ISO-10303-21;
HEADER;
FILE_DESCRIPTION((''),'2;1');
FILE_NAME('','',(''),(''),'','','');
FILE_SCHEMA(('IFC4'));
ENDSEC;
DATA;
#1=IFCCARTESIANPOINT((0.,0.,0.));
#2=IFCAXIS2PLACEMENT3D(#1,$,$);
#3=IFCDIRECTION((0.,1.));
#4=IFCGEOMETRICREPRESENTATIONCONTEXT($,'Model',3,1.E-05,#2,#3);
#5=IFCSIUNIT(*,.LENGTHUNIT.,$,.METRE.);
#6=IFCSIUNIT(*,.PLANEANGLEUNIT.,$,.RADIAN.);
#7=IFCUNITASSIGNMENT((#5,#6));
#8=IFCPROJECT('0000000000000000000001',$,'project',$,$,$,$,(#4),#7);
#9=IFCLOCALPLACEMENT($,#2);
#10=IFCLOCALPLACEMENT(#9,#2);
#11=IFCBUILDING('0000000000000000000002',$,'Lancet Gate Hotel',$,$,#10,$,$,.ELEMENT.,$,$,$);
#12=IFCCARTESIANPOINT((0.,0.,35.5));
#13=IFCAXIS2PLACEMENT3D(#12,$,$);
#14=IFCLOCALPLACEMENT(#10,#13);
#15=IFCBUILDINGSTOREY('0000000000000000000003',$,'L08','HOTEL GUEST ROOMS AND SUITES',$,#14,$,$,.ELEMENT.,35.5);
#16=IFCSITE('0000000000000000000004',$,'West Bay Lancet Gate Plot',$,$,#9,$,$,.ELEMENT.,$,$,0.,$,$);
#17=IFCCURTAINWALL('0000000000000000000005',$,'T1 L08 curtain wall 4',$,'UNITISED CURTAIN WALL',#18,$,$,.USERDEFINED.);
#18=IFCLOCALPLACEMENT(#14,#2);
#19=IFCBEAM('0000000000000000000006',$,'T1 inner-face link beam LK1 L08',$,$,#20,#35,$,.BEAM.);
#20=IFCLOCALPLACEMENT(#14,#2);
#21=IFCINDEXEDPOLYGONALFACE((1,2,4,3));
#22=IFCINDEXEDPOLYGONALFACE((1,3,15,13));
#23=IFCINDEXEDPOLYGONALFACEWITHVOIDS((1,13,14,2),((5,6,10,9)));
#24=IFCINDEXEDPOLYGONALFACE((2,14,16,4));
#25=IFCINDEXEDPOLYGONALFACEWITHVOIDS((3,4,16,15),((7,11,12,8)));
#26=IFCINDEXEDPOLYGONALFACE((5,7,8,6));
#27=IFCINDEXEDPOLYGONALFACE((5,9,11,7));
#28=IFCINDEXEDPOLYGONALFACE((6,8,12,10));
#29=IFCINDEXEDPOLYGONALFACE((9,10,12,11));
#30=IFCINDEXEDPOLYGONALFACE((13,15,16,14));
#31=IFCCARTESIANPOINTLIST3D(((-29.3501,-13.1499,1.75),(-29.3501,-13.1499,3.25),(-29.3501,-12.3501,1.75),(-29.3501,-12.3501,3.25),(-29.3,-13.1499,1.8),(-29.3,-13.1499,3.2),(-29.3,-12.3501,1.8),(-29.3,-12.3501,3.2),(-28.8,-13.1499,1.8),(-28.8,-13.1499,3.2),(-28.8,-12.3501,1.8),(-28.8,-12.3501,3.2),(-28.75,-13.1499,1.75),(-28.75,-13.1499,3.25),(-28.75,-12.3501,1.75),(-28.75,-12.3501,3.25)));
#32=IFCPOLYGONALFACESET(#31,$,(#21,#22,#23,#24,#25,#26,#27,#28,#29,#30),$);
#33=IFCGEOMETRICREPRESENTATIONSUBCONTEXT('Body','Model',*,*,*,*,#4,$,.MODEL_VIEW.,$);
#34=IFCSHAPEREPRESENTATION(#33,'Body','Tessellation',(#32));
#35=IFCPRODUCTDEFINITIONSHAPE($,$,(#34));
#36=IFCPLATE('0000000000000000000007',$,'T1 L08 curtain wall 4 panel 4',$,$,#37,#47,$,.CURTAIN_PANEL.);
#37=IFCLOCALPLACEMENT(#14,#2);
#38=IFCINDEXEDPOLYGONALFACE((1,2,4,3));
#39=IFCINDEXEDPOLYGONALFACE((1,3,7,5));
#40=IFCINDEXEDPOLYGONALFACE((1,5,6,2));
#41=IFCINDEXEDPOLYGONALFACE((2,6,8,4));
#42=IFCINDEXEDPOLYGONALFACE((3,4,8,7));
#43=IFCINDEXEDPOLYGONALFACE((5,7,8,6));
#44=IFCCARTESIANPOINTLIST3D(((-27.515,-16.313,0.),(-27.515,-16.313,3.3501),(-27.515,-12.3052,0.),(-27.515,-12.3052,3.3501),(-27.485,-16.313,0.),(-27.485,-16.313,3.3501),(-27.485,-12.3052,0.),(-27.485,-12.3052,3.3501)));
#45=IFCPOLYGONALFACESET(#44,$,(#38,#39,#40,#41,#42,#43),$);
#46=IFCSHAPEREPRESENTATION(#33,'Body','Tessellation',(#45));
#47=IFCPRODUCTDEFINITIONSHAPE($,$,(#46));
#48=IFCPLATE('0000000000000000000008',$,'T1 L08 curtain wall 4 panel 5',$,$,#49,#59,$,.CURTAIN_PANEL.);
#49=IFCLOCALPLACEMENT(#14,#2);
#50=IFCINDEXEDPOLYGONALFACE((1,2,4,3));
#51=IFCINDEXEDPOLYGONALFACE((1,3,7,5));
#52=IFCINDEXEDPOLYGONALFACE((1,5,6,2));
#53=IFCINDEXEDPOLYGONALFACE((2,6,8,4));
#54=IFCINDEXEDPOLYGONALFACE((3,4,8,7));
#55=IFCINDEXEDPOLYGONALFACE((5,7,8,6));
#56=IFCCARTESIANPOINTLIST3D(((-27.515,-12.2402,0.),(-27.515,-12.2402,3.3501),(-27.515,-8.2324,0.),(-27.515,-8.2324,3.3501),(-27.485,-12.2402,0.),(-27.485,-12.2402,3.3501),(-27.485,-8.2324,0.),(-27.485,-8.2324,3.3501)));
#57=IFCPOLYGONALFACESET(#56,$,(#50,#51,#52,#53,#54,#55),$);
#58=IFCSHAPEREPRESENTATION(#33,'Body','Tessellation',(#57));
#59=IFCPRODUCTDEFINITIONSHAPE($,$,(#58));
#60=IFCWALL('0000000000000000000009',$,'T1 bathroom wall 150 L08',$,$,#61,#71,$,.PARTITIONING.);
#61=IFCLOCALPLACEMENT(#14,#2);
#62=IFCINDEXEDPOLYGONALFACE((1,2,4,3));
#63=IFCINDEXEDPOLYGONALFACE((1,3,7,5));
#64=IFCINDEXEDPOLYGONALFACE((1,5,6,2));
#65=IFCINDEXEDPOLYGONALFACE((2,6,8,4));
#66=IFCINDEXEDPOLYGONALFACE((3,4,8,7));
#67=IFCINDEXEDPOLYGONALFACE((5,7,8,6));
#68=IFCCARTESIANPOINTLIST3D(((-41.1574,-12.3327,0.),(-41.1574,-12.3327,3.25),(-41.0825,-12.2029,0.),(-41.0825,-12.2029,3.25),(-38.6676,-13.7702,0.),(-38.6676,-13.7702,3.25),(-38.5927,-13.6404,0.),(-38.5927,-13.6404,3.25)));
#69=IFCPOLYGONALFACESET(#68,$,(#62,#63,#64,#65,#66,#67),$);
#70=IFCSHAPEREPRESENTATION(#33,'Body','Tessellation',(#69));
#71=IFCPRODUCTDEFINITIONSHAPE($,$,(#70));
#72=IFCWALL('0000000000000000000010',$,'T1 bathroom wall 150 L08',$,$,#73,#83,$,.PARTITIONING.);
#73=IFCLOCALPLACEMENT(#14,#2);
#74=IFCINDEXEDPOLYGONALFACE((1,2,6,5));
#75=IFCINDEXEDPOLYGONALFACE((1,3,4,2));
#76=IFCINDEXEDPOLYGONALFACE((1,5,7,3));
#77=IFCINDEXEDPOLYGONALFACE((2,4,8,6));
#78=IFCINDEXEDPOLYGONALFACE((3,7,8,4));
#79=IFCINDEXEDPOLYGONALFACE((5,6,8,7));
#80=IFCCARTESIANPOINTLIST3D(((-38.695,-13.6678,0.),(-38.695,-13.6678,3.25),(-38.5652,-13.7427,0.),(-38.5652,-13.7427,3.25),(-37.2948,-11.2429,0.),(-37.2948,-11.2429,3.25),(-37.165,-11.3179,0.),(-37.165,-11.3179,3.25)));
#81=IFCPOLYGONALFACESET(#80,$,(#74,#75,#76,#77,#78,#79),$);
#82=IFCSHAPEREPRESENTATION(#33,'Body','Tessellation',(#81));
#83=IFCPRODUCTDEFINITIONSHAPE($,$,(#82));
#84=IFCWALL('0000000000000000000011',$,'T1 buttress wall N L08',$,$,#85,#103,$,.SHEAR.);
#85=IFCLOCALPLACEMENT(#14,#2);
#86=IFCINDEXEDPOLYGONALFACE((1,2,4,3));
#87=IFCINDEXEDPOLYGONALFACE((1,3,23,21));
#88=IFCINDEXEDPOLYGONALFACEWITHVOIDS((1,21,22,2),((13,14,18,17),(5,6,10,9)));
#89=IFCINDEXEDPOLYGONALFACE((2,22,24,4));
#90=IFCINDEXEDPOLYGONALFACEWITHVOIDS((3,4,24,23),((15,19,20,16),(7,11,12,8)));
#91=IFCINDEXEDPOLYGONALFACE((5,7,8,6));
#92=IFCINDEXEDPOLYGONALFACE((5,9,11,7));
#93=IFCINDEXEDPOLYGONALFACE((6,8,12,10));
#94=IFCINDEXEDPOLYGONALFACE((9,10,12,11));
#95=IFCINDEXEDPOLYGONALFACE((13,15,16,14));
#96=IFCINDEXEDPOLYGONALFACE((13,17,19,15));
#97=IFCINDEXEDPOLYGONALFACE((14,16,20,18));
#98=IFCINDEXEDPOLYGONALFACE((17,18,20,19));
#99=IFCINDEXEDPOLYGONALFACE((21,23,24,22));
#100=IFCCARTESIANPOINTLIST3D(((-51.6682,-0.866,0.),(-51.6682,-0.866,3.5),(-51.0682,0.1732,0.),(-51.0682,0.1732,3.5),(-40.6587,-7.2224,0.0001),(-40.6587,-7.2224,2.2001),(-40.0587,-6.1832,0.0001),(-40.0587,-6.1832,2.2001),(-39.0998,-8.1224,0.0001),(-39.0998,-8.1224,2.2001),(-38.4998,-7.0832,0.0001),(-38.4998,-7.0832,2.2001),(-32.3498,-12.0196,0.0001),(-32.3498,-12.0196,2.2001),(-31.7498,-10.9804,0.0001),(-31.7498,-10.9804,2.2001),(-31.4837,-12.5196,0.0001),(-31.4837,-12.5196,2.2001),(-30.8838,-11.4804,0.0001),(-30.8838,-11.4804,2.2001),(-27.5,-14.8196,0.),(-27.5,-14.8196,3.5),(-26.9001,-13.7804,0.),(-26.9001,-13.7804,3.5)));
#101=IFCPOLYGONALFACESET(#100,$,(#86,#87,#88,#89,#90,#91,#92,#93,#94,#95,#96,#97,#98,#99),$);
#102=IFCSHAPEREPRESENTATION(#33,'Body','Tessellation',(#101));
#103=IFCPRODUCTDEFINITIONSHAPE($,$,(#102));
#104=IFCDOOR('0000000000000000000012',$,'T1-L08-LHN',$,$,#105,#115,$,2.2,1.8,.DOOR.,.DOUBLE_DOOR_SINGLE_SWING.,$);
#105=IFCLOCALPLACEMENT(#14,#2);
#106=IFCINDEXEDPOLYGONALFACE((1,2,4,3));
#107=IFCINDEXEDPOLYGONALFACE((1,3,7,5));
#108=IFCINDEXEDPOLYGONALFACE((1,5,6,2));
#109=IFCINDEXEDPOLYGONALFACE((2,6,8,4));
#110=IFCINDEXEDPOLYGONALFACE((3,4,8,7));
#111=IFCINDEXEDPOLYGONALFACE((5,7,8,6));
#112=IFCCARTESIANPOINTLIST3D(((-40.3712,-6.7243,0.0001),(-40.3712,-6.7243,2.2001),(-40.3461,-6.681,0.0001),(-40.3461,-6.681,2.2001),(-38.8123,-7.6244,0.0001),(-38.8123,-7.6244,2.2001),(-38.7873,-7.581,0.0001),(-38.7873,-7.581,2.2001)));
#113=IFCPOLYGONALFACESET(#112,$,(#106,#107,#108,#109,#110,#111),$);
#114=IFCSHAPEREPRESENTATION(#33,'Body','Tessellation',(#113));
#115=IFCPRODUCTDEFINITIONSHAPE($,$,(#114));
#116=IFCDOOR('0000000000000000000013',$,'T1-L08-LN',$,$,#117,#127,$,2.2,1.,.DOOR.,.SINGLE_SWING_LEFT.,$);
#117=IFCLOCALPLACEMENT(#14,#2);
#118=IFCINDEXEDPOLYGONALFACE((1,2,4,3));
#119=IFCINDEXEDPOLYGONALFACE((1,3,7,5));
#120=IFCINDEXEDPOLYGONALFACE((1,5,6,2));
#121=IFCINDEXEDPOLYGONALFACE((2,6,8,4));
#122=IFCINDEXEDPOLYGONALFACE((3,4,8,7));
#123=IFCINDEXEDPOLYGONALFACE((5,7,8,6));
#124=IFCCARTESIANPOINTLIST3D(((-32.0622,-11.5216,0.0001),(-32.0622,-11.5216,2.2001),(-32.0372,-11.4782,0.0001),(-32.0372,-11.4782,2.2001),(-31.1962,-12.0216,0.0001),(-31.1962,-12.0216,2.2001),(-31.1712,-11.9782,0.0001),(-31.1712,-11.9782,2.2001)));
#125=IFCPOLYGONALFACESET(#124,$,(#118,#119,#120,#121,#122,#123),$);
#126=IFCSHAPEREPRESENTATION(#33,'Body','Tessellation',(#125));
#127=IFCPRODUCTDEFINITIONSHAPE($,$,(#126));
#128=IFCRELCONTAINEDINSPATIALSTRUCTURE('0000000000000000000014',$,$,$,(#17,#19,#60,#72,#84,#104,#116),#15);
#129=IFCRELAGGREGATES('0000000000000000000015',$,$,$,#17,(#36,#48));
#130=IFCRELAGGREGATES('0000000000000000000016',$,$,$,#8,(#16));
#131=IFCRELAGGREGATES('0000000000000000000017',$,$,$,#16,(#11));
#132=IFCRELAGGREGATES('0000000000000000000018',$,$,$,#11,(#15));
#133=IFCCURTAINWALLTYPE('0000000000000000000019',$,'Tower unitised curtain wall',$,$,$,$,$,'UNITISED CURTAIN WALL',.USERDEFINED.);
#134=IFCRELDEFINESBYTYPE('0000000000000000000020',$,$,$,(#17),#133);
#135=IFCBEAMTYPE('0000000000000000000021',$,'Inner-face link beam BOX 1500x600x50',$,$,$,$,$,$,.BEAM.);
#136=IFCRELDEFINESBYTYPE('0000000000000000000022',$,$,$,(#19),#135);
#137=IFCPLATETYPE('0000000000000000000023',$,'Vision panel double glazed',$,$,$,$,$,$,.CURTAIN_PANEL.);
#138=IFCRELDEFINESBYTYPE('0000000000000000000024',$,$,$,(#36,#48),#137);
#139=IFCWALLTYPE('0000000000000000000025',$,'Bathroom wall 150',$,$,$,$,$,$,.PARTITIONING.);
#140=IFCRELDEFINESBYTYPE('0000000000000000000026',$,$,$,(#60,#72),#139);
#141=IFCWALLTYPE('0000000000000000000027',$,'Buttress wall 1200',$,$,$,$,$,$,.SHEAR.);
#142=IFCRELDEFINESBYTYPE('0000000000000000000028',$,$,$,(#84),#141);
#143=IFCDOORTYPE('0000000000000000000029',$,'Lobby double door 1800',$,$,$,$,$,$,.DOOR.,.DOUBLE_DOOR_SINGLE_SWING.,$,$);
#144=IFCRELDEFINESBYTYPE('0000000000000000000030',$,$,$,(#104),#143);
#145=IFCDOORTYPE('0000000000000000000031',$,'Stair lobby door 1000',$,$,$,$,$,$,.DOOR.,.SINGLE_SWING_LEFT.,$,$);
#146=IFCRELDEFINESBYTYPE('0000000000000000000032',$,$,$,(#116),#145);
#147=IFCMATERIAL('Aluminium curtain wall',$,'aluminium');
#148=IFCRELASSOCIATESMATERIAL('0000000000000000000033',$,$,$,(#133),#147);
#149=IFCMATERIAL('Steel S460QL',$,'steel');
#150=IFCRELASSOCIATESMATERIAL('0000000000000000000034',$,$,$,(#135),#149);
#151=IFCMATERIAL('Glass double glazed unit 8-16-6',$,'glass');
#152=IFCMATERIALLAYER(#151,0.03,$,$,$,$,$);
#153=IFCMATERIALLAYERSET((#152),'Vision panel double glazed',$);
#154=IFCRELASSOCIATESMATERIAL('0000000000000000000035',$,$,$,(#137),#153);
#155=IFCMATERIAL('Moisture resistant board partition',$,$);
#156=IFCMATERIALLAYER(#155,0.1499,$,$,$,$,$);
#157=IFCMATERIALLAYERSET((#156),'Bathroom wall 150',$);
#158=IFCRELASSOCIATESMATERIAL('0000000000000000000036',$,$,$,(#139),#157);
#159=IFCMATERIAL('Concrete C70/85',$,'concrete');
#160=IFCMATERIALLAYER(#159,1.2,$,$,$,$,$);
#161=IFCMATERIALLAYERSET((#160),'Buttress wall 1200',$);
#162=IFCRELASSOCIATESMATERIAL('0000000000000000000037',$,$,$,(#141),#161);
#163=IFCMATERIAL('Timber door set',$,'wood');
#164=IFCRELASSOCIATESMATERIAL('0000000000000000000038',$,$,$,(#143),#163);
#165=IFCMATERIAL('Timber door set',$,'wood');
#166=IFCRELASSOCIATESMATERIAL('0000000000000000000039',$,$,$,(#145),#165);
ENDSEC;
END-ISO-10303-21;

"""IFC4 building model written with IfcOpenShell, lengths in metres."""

from ifc_helpers import new_model, si_unit, direction, frame, frame_2d, origin, origin_2d, place, context, subcontext, project, spatial, rectangle, hollow_rectangle, extrude, material, layer, layer_set, material_profile, profile_set, type_object, element, fill, aggregate, save


model = new_model("IFC4")

# Units and contexts
model_context = context("Model", 3, precision=1e-05, world=origin(), true_north=direction((0.0, 1.0)))
body_context = subcontext(model_context, "Body", "Model", "MODEL_VIEW")
ifc_project = project(units=[si_unit("LENGTHUNIT", "METRE"), si_unit("PLANEANGLEUNIT", "RADIAN")], contexts=[model_context])

# Site, building, storey
site_placement = place(None, origin())
site = spatial("IfcSite", under=ifc_project, at=site_placement, Name="West Bay Lancet Gate Plot", CompositionType="ELEMENT", RefElevation=0.0)
building_placement = place(site_placement, origin())
building = spatial("IfcBuilding", under=site, at=building_placement, Name="Lancet Gate Hotel", CompositionType="ELEMENT")
storey_placement = place(building_placement, frame((0.0, 0.0, 35.5)))
storey = spatial("IfcBuildingStorey", under=building, at=storey_placement, Name="L08", Description="HOTEL GUEST ROOMS AND SUITES", CompositionType="ELEMENT", Elevation=35.5)

# Curtain wall
ifc_material_1 = material(Name="Aluminium curtain wall", Category="aluminium")
curtain_wall_type = type_object("IfcCurtainWallType", Name="Tower unitised curtain wall", ElementType="UNITISED CURTAIN WALL", PredefinedType="USERDEFINED", material=ifc_material_1)
curtain_wall_placement = place(storey_placement, origin())
curtain_wall = element("IfcCurtainWall", 1, at=curtain_wall_placement, inside=storey, type_object=curtain_wall_type, Name="T1 L08 curtain wall 4", ObjectType="UNITISED CURTAIN WALL", PredefinedType="USERDEFINED")

# Beam
ifc_material_2 = material(Name="Steel S460QL", Category="steel")
ifc_material_profile_1 = material_profile(ifc_material_2, hollow_rectangle(XDim=0.6001, YDim=1.5, WallThickness=0.05, at=origin_2d()), Name="BOX 1500x600x50")
ifc_profile_set_1 = profile_set([ifc_material_profile_1], Name="Steel S460QL")
beam_type_1 = type_object("IfcBeamType", Name="Inner-face link beam BOX 1500x600x50", PredefinedType="BEAM", material=ifc_profile_set_1)
beam_1_placement = place(storey_placement, frame((-29.05, -12.3501, 2.5), z_axis=(0.0, -1.0, 0.0), x_axis=(1.0, 0.0, 0.0)))
element("IfcBeam", 2, at=beam_1_placement, inside=storey, type_object=beam_type_1, Name="T1 inner-face link beam LK1 L08", PredefinedType="BEAM", context=body_context, shape_type="SweptSolid", body=[
    extrude(hollow_rectangle(XDim=0.6001, YDim=1.5, WallThickness=0.05, at=origin_2d()), origin(), (0.0, 0.0, 1.0), 0.7998),
])

# Plates
ifc_material_3 = material(Name="Glass double glazed unit 8-16-6", Category="glass")
ifc_layer_1 = layer(ifc_material_3, 0.03)
ifc_layer_set_1 = layer_set([ifc_layer_1], Name="Vision panel double glazed")
plate_type = type_object("IfcPlateType", Name="Vision panel double glazed", PredefinedType="CURTAIN_PANEL", material=ifc_layer_set_1)
plate_1_placement = place(storey_placement, frame((-27.5, -14.3091, 0.0), z_axis=(0.0, 0.0, 1.0), x_axis=(0.0, 1.0, 0.0)))
plate_1 = element("IfcPlate", 3, at=plate_1_placement, type_object=plate_type, Name="T1 L08 curtain wall 4 panel 4", PredefinedType="CURTAIN_PANEL", context=body_context, shape_type="SweptSolid", body=[
    extrude(rectangle(XDim=4.0078, YDim=0.03, at=origin_2d()), origin(), (0.0, 0.0, 1.0), 3.3501),
])
plate_2_placement = place(storey_placement, frame((-27.5, -10.2363, 0.0), z_axis=(0.0, 0.0, 1.0), x_axis=(0.0, 1.0, 0.0)))
plate_2 = element("IfcPlate", 4, at=plate_2_placement, type_object=plate_type, Name="T1 L08 curtain wall 4 panel 5", PredefinedType="CURTAIN_PANEL", context=body_context, shape_type="SweptSolid", body=[
    extrude(rectangle(XDim=4.0078, YDim=0.03, at=origin_2d()), origin(), (0.0, 0.0, 1.0), 3.3501),
])
aggregate(curtain_wall, [plate_1, plate_2])

# Walls
ifc_material_4 = material(Name="Moisture resistant board partition")
ifc_layer_2 = layer(ifc_material_4, 0.1499)
ifc_layer_set_2 = layer_set([ifc_layer_2], Name="Bathroom wall 150")
wall_type_1 = type_object("IfcWallType", Name="Bathroom wall 150", PredefinedType="PARTITIONING", material=ifc_layer_set_2)
wall_1_placement = place(storey_placement, frame((-38.6301, -13.7053, 0.0), z_axis=(0.0, 0.0, 1.0), x_axis=(-0.866019, 0.500012, 0.0)))
element("IfcWall", 5, at=wall_1_placement, inside=storey, type_object=wall_type_1, Name="T1 bathroom wall 150 L08", PredefinedType="PARTITIONING", context=body_context, shape_type="SweptSolid", body=[
    extrude(rectangle(XDim=2.875, YDim=0.1499, at=frame_2d((1.4375, 0.0))), origin(), (0.0, 0.0, 1.0), 3.25),
])
wall_2_placement = place(storey_placement, frame((-37.23, -11.2805, 0.0), z_axis=(0.0, 0.0, 1.0), x_axis=(-0.50005, -0.865997, 0.0)))
element("IfcWall", 6, at=wall_2_placement, inside=storey, type_object=wall_type_1, Name="T1 bathroom wall 150 L08", PredefinedType="PARTITIONING", context=body_context, shape_type="SweptSolid", body=[
    extrude(rectangle(XDim=2.8, YDim=0.1499, at=frame_2d((1.3999, 0.0))), origin(), (0.0, 0.0, 1.0), 3.25),
])

# Wall, openings, doors
ifc_material_5 = material(Name="Concrete C70/85", Category="concrete")
ifc_layer_3 = layer(ifc_material_5, 1.2)
ifc_layer_set_3 = layer_set([ifc_layer_3], Name="Buttress wall 1200")
wall_type_2 = type_object("IfcWallType", Name="Buttress wall 1200", PredefinedType="SHEAR", material=ifc_layer_set_3)
wall_3_placement = place(storey_placement, frame((-27.2, -14.3, 0.0), z_axis=(0.0, 0.0, 1.0), x_axis=(-0.866024, 0.500002, 0.0)))
wall_3 = element("IfcWall", 7, at=wall_3_placement, inside=storey, type_object=wall_type_2, Name="T1 buttress wall N L08", PredefinedType="SHEAR", context=body_context, shape_type="SweptSolid", body=[
    extrude(rectangle(XDim=27.907, YDim=1.2, at=frame_2d((13.9536, 0.0))), origin(), (0.0, 0.0, 1.0), 3.5),
])
opening_1_placement = place(wall_3_placement, frame((4.6001, 0.0, 0.0)))
opening_1 = element("IfcOpeningElement", 8, at=opening_1_placement, cuts=wall_3, PredefinedType="OPENING", context=body_context, shape_type="SweptSolid", body=[
    extrude(rectangle(XDim=1.0, YDim=2.2, at=frame_2d((0.5, 1.1001))), frame((0.0, 0.6099, 0.0), z_axis=(0.0, -1.0, 0.0), x_axis=(1.0, 0.0, 0.0)), (0.0, 0.0, 1.0), 1.22),
])
opening_2_placement = place(wall_3_placement, frame((13.3945, 0.0, 0.0)))
opening_2 = element("IfcOpeningElement", 9, at=opening_2_placement, cuts=wall_3, PredefinedType="OPENING", context=body_context, shape_type="SweptSolid", body=[
    extrude(rectangle(XDim=1.8, YDim=2.2, at=frame_2d((0.8999, 1.1001))), frame((0.0, 0.6099, 0.0), z_axis=(0.0, -1.0, 0.0), x_axis=(1.0, 0.0, 0.0)), (0.0, 0.0, 1.0), 1.22),
])
ifc_material_6 = material(Name="Timber door set", Category="wood")
door_type_1 = type_object("IfcDoorType", Name="Lobby double door 1800", OperationType="DOUBLE_DOOR_SINGLE_SWING", PredefinedType="DOOR", material=ifc_material_6)
door_1_placement = place(opening_2_placement, origin())
door_1 = element("IfcDoor", 10, at=door_1_placement, inside=storey, type_object=door_type_1, Name="T1-L08-LHN", OperationType="DOUBLE_DOOR_SINGLE_SWING", OverallHeight=2.2, OverallWidth=1.8, PredefinedType="DOOR", context=body_context, shape_type="SweptSolid", body=[
    extrude(rectangle(XDim=1.8, YDim=2.2, at=frame_2d((0.8999, 1.1001))), frame((0.0, 0.0249, 0.0), z_axis=(0.0, -1.0, 0.0), x_axis=(1.0, 0.0, 0.0)), (0.0, 0.0, 1.0), 0.05),
])
fill(opening_2, door_1)
ifc_material_7 = material(Name="Timber door set", Category="wood")
door_type_2 = type_object("IfcDoorType", Name="Stair lobby door 1000", OperationType="SINGLE_SWING_LEFT", PredefinedType="DOOR", material=ifc_material_7)
door_2_placement = place(opening_1_placement, origin())
door_2 = element("IfcDoor", 11, at=door_2_placement, inside=storey, type_object=door_type_2, Name="T1-L08-LN", OperationType="SINGLE_SWING_LEFT", OverallHeight=2.2, OverallWidth=1.0, PredefinedType="DOOR", context=body_context, shape_type="SweptSolid", body=[
    extrude(rectangle(XDim=1.0, YDim=2.2, at=frame_2d((0.5, 1.1001))), frame((0.0, 0.0249, 0.0), z_axis=(0.0, -1.0, 0.0), x_axis=(1.0, 0.0, 0.0)), (0.0, 0.0, 1.0), 0.05),
])
fill(opening_1, door_2)

save(model, "model.ifc")
